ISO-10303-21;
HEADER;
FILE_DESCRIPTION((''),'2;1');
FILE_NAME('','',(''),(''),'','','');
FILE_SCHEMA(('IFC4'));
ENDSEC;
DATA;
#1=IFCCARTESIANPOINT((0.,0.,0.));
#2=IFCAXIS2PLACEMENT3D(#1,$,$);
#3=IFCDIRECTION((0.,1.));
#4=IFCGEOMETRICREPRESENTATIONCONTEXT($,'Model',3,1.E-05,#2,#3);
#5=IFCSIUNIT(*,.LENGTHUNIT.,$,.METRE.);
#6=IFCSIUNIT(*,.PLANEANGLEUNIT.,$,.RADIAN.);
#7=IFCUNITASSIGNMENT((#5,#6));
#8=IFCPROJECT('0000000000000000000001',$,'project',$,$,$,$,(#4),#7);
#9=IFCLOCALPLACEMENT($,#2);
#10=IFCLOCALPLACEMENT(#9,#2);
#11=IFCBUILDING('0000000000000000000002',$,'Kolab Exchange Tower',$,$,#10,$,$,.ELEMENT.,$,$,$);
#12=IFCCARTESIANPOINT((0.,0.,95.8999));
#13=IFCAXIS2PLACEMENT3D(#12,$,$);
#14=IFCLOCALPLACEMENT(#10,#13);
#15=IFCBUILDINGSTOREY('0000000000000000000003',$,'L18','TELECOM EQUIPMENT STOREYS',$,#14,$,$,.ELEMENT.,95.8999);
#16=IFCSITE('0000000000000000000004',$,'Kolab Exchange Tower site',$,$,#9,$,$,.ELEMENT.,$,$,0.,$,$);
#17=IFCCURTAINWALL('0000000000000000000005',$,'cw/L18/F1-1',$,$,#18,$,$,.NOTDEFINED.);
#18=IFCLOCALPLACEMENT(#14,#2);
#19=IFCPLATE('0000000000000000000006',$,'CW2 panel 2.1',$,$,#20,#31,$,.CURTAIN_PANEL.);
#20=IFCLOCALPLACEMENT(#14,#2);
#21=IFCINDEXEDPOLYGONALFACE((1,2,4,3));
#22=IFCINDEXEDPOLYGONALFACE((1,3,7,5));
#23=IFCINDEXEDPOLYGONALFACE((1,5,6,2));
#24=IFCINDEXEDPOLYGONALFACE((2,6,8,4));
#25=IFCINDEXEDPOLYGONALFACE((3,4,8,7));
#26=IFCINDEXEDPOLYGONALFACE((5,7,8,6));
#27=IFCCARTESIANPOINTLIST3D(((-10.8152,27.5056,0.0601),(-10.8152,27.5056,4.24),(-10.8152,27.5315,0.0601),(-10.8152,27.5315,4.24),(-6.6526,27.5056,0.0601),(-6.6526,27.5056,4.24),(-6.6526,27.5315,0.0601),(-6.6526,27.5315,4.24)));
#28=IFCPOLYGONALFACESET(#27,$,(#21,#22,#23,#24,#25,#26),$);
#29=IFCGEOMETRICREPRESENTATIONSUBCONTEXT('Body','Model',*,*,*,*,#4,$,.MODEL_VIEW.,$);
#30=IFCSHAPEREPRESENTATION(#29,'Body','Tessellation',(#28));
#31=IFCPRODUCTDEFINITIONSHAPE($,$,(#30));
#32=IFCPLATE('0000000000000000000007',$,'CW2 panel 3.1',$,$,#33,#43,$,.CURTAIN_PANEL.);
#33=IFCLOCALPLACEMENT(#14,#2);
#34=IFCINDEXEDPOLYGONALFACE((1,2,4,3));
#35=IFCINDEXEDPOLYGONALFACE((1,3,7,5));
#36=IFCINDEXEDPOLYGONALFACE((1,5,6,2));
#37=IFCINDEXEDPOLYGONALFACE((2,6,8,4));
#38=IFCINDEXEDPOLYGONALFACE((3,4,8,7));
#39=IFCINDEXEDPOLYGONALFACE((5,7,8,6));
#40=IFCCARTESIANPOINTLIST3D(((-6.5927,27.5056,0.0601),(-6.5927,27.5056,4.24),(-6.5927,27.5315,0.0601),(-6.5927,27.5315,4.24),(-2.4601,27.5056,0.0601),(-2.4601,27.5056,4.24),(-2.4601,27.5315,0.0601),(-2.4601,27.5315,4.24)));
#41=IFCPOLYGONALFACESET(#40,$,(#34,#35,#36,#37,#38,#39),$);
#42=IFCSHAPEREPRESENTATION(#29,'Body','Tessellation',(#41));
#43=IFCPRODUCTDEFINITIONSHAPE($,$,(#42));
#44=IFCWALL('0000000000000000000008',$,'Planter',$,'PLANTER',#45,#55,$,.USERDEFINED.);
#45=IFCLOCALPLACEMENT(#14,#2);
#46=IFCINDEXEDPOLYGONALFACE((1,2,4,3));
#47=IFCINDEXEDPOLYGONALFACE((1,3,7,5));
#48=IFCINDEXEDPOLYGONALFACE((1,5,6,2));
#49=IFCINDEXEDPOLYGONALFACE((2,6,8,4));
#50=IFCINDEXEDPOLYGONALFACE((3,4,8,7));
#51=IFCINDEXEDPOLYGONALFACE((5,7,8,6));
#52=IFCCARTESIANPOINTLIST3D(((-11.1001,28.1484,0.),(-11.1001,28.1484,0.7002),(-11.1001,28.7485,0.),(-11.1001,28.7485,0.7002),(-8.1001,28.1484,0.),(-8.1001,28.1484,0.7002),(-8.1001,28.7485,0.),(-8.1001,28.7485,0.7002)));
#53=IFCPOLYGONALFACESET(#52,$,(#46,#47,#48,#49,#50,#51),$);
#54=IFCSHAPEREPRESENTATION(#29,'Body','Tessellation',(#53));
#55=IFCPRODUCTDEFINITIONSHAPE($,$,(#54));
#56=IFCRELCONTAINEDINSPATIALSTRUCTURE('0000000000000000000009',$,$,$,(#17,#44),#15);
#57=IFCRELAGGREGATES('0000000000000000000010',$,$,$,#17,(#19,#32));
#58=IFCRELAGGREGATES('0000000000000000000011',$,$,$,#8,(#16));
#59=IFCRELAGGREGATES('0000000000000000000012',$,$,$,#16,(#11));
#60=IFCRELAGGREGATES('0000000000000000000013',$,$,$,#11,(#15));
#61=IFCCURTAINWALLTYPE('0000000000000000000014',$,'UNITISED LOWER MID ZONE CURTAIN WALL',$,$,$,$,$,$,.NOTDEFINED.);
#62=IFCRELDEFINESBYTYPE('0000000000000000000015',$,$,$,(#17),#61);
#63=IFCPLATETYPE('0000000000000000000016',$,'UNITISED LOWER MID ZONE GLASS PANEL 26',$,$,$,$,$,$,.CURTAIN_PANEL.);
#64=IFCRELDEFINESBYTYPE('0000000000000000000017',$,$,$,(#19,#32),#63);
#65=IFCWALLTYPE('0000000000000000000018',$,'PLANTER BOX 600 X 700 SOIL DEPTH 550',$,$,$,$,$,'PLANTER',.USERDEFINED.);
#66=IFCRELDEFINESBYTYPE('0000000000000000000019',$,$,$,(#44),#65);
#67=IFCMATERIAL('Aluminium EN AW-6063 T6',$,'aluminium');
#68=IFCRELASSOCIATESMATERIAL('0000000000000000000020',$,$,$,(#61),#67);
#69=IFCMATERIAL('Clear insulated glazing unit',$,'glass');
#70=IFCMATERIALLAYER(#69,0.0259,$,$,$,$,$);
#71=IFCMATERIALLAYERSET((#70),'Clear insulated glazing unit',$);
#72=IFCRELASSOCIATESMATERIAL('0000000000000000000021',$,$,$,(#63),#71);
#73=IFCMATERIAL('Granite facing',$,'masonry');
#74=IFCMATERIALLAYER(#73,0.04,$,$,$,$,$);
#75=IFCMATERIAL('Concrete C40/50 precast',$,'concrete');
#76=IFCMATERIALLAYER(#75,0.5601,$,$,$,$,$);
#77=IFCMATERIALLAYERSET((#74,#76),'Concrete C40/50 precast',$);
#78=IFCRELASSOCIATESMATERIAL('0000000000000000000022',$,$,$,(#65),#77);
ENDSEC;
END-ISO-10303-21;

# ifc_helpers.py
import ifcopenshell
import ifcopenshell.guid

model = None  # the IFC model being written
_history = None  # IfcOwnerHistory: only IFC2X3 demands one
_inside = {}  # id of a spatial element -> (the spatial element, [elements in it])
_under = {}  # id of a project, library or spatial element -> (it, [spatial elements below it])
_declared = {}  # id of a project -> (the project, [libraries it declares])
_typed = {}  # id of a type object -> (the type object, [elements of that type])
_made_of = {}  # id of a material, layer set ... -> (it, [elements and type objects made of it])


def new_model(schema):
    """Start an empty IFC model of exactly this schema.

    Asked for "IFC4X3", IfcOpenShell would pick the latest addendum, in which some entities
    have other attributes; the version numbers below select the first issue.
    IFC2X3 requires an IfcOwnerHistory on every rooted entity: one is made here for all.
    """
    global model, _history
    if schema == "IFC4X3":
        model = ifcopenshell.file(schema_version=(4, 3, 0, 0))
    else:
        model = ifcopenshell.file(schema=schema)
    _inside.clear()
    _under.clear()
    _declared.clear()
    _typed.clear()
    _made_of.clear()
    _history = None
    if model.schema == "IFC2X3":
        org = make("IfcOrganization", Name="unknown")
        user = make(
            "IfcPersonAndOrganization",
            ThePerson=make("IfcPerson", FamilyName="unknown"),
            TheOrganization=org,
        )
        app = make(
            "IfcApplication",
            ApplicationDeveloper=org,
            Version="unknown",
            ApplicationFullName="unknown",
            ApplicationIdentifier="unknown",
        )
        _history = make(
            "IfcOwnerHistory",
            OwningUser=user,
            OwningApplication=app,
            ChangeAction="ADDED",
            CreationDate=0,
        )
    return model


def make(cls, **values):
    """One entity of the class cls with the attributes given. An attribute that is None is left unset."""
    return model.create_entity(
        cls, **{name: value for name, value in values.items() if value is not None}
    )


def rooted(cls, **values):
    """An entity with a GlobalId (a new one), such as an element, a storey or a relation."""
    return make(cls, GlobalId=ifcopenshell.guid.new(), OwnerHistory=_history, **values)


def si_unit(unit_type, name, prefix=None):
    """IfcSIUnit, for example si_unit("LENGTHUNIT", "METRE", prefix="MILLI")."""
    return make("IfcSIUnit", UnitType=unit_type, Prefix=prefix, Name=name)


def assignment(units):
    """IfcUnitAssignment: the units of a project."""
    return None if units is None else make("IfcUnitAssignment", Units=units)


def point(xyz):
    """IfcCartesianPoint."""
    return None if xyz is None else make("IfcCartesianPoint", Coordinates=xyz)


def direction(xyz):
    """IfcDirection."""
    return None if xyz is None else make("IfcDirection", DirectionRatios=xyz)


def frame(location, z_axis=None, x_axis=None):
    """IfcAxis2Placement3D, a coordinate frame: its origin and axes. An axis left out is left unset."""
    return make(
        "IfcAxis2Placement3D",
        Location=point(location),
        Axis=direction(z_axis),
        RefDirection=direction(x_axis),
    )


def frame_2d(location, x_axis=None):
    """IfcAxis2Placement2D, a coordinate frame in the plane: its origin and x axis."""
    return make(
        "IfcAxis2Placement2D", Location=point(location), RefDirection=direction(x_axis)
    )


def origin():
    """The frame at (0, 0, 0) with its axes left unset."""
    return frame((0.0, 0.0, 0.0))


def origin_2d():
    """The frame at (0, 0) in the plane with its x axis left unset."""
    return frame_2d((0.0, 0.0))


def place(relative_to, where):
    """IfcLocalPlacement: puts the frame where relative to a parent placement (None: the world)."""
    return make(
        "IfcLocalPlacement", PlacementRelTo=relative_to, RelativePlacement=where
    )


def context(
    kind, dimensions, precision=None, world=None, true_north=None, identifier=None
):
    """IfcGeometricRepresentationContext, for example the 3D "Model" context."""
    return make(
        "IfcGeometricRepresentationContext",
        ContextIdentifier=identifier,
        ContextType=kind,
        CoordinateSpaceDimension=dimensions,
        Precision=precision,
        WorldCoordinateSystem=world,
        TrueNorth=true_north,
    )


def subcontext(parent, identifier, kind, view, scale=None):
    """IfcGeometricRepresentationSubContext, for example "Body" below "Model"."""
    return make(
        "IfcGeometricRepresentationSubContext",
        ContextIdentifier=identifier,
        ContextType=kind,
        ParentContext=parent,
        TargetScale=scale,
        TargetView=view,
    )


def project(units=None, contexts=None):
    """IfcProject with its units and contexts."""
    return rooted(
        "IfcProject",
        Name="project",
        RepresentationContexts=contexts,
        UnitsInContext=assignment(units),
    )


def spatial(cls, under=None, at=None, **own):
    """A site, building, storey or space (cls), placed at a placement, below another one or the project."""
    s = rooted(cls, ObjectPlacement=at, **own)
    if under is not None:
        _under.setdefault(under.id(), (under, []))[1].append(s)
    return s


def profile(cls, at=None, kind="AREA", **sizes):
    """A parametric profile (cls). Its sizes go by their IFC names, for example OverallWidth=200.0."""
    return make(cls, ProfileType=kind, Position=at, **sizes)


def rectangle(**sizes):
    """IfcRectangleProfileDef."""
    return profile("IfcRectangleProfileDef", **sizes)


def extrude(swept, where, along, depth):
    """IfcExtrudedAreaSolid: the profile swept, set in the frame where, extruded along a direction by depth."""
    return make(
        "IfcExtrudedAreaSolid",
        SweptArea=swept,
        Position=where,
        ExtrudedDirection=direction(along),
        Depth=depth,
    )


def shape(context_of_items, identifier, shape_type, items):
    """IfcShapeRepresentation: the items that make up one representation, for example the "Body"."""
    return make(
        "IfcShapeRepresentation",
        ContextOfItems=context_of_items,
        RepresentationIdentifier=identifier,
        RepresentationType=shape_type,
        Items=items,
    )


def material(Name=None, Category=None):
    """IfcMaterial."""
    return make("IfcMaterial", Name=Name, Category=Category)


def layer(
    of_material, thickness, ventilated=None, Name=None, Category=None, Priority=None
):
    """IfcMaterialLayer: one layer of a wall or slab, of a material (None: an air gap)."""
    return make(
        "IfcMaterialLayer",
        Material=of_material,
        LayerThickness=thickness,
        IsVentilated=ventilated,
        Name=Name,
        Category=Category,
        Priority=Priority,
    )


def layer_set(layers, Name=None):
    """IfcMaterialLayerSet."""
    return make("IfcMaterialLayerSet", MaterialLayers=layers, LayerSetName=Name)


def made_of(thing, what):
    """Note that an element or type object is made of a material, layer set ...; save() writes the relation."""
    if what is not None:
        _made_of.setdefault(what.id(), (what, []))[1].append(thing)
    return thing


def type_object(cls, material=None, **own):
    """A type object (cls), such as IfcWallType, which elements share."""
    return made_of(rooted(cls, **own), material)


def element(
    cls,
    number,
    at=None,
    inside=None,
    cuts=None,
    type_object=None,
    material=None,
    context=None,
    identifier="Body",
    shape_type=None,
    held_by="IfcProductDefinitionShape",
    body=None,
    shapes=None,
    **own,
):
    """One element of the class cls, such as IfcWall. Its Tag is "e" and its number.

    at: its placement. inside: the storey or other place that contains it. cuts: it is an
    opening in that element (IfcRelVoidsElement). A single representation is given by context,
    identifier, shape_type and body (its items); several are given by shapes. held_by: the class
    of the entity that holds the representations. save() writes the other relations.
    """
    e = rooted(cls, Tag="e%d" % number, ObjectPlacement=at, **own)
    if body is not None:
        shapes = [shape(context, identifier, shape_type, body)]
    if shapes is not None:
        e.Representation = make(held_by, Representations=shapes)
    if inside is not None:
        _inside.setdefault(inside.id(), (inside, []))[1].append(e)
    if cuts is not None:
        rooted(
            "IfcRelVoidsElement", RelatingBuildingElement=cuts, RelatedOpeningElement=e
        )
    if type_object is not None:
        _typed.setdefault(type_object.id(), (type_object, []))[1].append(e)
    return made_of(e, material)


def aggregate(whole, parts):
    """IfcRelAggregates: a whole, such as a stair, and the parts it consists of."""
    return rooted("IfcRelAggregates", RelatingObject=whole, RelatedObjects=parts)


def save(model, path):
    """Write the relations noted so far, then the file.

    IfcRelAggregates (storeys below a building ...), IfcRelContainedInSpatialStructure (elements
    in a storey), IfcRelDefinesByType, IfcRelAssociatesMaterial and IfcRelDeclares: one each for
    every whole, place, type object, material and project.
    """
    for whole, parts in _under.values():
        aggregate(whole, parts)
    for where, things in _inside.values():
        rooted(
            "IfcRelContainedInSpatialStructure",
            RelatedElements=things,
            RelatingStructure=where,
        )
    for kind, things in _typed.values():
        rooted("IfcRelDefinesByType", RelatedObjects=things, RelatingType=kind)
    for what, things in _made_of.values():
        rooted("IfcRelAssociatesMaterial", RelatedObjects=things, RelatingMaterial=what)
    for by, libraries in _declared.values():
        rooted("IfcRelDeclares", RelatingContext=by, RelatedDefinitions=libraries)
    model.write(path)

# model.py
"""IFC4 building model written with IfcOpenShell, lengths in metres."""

from ifc_helpers import new_model, si_unit, direction, frame, frame_2d, origin, origin_2d, place, context, subcontext, project, spatial, rectangle, extrude, material, layer, layer_set, type_object, element, aggregate, save


model = new_model("IFC4")

# Units and contexts
model_context = context("Model", 3, precision=1e-05, world=origin(), true_north=direction((0.0, 1.0)))
body_context = subcontext(model_context, "Body", "Model", "MODEL_VIEW")
ifc_project = project(units=[si_unit("LENGTHUNIT", "METRE"), si_unit("PLANEANGLEUNIT", "RADIAN")], contexts=[model_context])

# Site, building, storey
site_placement = place(None, origin())
site = spatial("IfcSite", under=ifc_project, at=site_placement, Name="Kolab Exchange Tower site", CompositionType="ELEMENT", RefElevation=0.0)
building_placement = place(site_placement, origin())
building = spatial("IfcBuilding", under=site, at=building_placement, Name="Kolab Exchange Tower", CompositionType="ELEMENT")
storey_placement = place(building_placement, frame((0.0, 0.0, 95.8999)))
storey = spatial("IfcBuildingStorey", under=building, at=storey_placement, Name="L18", Description="TELECOM EQUIPMENT STOREYS", CompositionType="ELEMENT", Elevation=95.8999)

# Curtain wall, plates
ifc_material_1 = material(Name="Aluminium EN AW-6063 T6", Category="aluminium")
curtain_wall_type = type_object("IfcCurtainWallType", Name="UNITISED LOWER MID ZONE CURTAIN WALL", PredefinedType="NOTDEFINED", material=ifc_material_1)
curtain_wall_placement = place(storey_placement, origin())
curtain_wall = element("IfcCurtainWall", 1, at=curtain_wall_placement, inside=storey, type_object=curtain_wall_type, Name="cw/L18/F1-1", PredefinedType="NOTDEFINED")
ifc_material_2 = material(Name="Clear insulated glazing unit", Category="glass")
ifc_layer_1 = layer(ifc_material_2, 0.0259)
ifc_layer_set_1 = layer_set([ifc_layer_1], Name="Clear insulated glazing unit")
plate_type = type_object("IfcPlateType", Name="UNITISED LOWER MID ZONE GLASS PANEL 26", PredefinedType="CURTAIN_PANEL", material=ifc_layer_set_1)
plate_1_placement = place(storey_placement, frame((-8.7339, 27.5186, 0.0601), z_axis=(0.0, 0.0, 1.0), x_axis=(1.0, 0.0, 0.0)))
plate_1 = element("IfcPlate", 2, at=plate_1_placement, type_object=plate_type, Name="CW2 panel 2.1", PredefinedType="CURTAIN_PANEL", context=body_context, shape_type="SweptSolid", body=[
    extrude(rectangle(XDim=4.1626, YDim=0.0259, at=origin_2d()), origin(), (0.0, 0.0, 1.0), 4.1799),
])
plate_2_placement = place(storey_placement, frame((-4.5264, 27.5186, 0.0601), z_axis=(0.0, 0.0, 1.0), x_axis=(1.0, 0.0, 0.0)))
plate_2 = element("IfcPlate", 3, at=plate_2_placement, type_object=plate_type, Name="CW2 panel 3.1", PredefinedType="CURTAIN_PANEL", context=body_context, shape_type="SweptSolid", body=[
    extrude(rectangle(XDim=4.1326, YDim=0.0259, at=origin_2d()), origin(), (0.0, 0.0, 1.0), 4.1799),
])
aggregate(curtain_wall, [plate_1, plate_2])

# Wall
ifc_material_3 = material(Name="Granite facing", Category="masonry")
ifc_layer_2 = layer(ifc_material_3, 0.04)
ifc_material_4 = material(Name="Concrete C40/50 precast", Category="concrete")
ifc_layer_3 = layer(ifc_material_4, 0.5601)
ifc_layer_set_2 = layer_set([ifc_layer_2, ifc_layer_3], Name="Concrete C40/50 precast")
wall_type_1 = type_object("IfcWallType", Name="PLANTER BOX 600 X 700 SOIL DEPTH 550", ElementType="PLANTER", PredefinedType="USERDEFINED", material=ifc_layer_set_2)
wall_1_placement = place(storey_placement, frame((-11.1001, 28.4485, 0.0), z_axis=(0.0, 0.0, 1.0), x_axis=(1.0, 0.0, 0.0)))
element("IfcWall", 4, at=wall_1_placement, inside=storey, type_object=wall_type_1, Name="Planter", ObjectType="PLANTER", PredefinedType="USERDEFINED", context=body_context, shape_type="SweptSolid", body=[
    extrude(rectangle(XDim=3.0, YDim=0.6001, at=frame_2d((1.5, 0.0))), origin(), (0.0, 0.0, 1.0), 0.7002),
])

save(model, "model.ifc")
